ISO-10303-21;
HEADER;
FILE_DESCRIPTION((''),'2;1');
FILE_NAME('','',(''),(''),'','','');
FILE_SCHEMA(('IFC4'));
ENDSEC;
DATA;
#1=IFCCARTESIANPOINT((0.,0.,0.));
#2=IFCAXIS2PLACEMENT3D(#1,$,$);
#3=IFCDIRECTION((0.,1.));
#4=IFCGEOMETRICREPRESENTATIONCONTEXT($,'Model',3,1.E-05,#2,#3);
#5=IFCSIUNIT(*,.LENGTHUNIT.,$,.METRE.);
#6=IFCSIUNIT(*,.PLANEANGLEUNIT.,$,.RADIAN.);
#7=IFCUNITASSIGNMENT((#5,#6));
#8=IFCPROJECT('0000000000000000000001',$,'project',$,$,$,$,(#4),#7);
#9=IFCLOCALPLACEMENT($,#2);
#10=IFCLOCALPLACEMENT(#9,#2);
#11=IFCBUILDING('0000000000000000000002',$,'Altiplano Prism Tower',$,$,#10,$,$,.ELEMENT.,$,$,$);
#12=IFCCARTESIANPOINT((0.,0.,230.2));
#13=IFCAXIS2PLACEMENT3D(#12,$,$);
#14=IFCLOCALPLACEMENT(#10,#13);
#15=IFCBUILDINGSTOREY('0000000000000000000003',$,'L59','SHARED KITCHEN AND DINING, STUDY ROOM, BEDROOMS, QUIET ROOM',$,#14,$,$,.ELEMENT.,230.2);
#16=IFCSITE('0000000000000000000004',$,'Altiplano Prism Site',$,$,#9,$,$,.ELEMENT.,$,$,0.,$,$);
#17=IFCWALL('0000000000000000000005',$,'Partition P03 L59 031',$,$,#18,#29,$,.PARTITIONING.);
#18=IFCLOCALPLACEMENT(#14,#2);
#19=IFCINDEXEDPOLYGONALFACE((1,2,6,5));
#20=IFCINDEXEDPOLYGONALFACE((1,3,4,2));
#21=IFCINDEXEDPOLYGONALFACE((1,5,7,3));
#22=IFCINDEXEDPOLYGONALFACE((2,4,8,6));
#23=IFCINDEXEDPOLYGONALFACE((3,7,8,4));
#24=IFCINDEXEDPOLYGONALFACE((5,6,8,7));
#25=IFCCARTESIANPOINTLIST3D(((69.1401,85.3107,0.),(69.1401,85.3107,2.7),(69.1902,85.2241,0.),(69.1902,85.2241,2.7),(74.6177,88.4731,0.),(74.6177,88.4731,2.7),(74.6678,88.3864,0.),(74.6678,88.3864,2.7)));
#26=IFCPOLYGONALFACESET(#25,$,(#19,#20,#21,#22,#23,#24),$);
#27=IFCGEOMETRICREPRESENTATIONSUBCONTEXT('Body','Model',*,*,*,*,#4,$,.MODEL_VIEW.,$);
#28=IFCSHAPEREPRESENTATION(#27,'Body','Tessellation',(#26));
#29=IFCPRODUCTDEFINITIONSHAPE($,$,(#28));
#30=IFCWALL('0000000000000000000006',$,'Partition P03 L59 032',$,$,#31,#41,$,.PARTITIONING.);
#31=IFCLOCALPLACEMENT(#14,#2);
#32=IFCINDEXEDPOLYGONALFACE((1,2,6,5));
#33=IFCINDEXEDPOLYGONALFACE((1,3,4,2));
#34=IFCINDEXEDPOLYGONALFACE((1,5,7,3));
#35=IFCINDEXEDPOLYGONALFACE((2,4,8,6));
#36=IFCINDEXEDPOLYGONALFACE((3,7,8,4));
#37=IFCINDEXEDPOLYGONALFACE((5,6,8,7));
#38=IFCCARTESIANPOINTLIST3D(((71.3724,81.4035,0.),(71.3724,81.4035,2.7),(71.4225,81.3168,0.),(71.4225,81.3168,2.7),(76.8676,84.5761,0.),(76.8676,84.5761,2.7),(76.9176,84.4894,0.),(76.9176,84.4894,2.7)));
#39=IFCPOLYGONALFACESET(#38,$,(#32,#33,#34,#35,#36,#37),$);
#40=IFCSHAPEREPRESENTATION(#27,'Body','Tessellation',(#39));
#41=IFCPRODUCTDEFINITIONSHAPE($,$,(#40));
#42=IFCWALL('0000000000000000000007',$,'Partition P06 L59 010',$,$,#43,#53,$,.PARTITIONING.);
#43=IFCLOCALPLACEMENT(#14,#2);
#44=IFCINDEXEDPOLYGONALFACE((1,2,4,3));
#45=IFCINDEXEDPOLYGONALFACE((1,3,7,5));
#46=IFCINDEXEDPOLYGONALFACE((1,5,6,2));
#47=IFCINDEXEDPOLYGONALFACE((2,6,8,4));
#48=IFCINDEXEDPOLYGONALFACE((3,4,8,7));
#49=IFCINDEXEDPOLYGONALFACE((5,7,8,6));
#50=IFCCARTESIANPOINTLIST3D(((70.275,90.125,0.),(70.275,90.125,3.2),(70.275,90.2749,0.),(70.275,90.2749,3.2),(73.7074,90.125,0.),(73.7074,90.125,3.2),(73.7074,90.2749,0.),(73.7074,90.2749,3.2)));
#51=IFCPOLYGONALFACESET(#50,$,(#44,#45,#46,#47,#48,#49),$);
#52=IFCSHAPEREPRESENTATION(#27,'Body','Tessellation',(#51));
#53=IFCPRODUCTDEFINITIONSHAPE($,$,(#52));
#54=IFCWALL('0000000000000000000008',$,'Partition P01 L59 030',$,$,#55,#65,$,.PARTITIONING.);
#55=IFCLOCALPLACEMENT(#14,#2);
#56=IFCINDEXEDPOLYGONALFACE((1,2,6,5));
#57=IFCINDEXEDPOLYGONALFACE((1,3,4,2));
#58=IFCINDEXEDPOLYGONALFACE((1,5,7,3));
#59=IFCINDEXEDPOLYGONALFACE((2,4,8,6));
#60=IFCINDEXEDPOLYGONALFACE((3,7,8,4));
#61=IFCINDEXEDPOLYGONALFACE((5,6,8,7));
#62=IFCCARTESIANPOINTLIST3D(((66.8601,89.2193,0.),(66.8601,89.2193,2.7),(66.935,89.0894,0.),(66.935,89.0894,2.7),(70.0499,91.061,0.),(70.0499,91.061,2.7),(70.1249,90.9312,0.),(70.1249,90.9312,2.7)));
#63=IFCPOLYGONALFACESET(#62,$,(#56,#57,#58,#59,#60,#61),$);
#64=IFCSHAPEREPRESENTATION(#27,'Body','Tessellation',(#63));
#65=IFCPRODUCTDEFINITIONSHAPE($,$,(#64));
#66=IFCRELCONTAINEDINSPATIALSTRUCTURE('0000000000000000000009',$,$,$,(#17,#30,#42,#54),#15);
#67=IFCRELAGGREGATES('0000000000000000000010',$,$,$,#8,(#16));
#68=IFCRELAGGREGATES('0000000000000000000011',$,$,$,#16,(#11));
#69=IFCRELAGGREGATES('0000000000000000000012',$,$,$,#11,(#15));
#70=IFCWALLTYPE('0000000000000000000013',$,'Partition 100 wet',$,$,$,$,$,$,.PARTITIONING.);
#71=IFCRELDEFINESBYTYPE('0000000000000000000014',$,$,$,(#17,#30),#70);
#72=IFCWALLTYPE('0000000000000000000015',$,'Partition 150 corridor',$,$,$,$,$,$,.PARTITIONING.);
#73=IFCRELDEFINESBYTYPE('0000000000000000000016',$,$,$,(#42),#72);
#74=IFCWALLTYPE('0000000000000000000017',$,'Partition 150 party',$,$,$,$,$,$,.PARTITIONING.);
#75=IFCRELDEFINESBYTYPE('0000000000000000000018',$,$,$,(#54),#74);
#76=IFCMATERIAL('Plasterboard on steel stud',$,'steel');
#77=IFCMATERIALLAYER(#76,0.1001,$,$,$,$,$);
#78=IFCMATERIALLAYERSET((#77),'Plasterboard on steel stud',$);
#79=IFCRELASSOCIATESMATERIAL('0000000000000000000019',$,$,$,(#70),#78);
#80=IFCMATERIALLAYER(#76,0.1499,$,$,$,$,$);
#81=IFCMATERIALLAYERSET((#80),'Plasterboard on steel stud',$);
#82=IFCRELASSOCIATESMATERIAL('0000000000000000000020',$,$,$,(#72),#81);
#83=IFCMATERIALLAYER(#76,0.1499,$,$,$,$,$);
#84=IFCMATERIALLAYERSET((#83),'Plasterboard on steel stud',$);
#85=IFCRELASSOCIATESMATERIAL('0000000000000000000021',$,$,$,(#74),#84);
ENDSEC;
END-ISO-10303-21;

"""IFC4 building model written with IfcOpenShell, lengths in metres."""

from ifc_helpers import new_model, si_unit, direction, frame, frame_2d, origin, place, context, subcontext, project, spatial, rectangle, extrude, material, layer, layer_set, type_object, element, save


model = new_model("IFC4")

# Units and contexts
model_context = context("Model", 3, precision=1e-05, world=origin(), true_north=direction((0.0, 1.0)))
body_context = subcontext(model_context, "Body", "Model", "MODEL_VIEW")
ifc_project = project(units=[si_unit("LENGTHUNIT", "METRE"), si_unit("PLANEANGLEUNIT", "RADIAN")], contexts=[model_context])

# Site, building, storey
site_placement = place(None, origin())
site = spatial("IfcSite", under=ifc_project, at=site_placement, Name="Altiplano Prism Site", CompositionType="ELEMENT", RefElevation=0.0)
building_placement = place(site_placement, origin())
building = spatial("IfcBuilding", under=site, at=building_placement, Name="Altiplano Prism Tower", CompositionType="ELEMENT")
storey_placement = place(building_placement, frame((0.0, 0.0, 230.2)))
storey = spatial("IfcBuildingStorey", under=building, at=storey_placement, Name="L59", Description="SHARED KITCHEN AND DINING, STUDY ROOM, BEDROOMS, QUIET ROOM", CompositionType="ELEMENT", Elevation=230.2)

# Shared definitions
ifc_material_1 = material(Name="Plasterboard on steel stud", Category="steel")

# Walls
ifc_layer_1 = layer(ifc_material_1, 0.1001)
ifc_layer_set_1 = layer_set([ifc_layer_1], Name="Plasterboard on steel stud")
wall_type_1 = type_object("IfcWallType", Name="Partition 100 wet", PredefinedType="PARTITIONING", material=ifc_layer_set_1)
wall_1_placement = place(storey_placement, frame((69.165, 85.2673, 0.0), z_axis=(0.0, 0.0, 1.0), x_axis=(0.866033, 0.499988, 0.0)))
element("IfcWall", 1, at=wall_1_placement, inside=storey, type_object=wall_type_1, Name="Partition P03 L59 031", PredefinedType="PARTITIONING", context=body_context, shape_type="SweptSolid", body=[
    extrude(rectangle(XDim=6.325, YDim=0.1001, at=frame_2d((3.1626, 0.0))), origin(), (0.0, 0.0, 1.0), 2.7),
])
wall_2_placement = place(storey_placement, frame((71.3975, 81.3601, 0.0), z_axis=(0.0, 0.0, 1.0), x_axis=(0.866025, 0.5, 0.0)))
element("IfcWall", 2, at=wall_2_placement, inside=storey, type_object=wall_type_1, Name="Partition P03 L59 032", PredefinedType="PARTITIONING", context=body_context, shape_type="SweptSolid", body=[
    extrude(rectangle(XDim=6.3452, YDim=0.1001, at=frame_2d((3.1726, 0.0))), origin(), (0.0, 0.0, 1.0), 2.7),
])
ifc_layer_2 = layer(ifc_material_1, 0.1499)
ifc_layer_set_2 = layer_set([ifc_layer_2], Name="Plasterboard on steel stud")
wall_type_2 = type_object("IfcWallType", Name="Partition 150 corridor", PredefinedType="PARTITIONING", material=ifc_layer_set_2)
wall_3_placement = place(storey_placement, frame((70.2749, 90.2, 0.0), z_axis=(0.0, 0.0, 1.0), x_axis=(1.0, 0.0, 0.0)))
element("IfcWall", 3, at=wall_3_placement, inside=storey, type_object=wall_type_2, Name="Partition P06 L59 010", PredefinedType="PARTITIONING", context=body_context, shape_type="SweptSolid", body=[
    extrude(rectangle(XDim=3.4324, YDim=0.1499, at=frame_2d((1.7163, 0.0))), origin(), (0.0, 0.0, 1.0), 3.2),
])
ifc_layer_3 = layer(ifc_material_1, 0.1499)
ifc_layer_set_3 = layer_set([ifc_layer_3], Name="Plasterboard on steel stud")
wall_type_3 = type_object("IfcWallType", Name="Partition 150 party", PredefinedType="PARTITIONING", material=ifc_layer_set_3)
wall_4_placement = place(storey_placement, frame((66.8975, 89.1543, 0.0), z_axis=(0.0, 0.0, 1.0), x_axis=(0.866016, 0.500017, 0.0)))
element("IfcWall", 4, at=wall_4_placement, inside=storey, type_object=wall_type_3, Name="Partition P01 L59 030", PredefinedType="PARTITIONING", context=body_context, shape_type="SweptSolid", body=[
    extrude(rectangle(XDim=3.6833, YDim=0.1499, at=frame_2d((1.8418, 0.0))), origin(), (0.0, 0.0, 1.0), 2.7),
])

save(model, "model.ifc")
